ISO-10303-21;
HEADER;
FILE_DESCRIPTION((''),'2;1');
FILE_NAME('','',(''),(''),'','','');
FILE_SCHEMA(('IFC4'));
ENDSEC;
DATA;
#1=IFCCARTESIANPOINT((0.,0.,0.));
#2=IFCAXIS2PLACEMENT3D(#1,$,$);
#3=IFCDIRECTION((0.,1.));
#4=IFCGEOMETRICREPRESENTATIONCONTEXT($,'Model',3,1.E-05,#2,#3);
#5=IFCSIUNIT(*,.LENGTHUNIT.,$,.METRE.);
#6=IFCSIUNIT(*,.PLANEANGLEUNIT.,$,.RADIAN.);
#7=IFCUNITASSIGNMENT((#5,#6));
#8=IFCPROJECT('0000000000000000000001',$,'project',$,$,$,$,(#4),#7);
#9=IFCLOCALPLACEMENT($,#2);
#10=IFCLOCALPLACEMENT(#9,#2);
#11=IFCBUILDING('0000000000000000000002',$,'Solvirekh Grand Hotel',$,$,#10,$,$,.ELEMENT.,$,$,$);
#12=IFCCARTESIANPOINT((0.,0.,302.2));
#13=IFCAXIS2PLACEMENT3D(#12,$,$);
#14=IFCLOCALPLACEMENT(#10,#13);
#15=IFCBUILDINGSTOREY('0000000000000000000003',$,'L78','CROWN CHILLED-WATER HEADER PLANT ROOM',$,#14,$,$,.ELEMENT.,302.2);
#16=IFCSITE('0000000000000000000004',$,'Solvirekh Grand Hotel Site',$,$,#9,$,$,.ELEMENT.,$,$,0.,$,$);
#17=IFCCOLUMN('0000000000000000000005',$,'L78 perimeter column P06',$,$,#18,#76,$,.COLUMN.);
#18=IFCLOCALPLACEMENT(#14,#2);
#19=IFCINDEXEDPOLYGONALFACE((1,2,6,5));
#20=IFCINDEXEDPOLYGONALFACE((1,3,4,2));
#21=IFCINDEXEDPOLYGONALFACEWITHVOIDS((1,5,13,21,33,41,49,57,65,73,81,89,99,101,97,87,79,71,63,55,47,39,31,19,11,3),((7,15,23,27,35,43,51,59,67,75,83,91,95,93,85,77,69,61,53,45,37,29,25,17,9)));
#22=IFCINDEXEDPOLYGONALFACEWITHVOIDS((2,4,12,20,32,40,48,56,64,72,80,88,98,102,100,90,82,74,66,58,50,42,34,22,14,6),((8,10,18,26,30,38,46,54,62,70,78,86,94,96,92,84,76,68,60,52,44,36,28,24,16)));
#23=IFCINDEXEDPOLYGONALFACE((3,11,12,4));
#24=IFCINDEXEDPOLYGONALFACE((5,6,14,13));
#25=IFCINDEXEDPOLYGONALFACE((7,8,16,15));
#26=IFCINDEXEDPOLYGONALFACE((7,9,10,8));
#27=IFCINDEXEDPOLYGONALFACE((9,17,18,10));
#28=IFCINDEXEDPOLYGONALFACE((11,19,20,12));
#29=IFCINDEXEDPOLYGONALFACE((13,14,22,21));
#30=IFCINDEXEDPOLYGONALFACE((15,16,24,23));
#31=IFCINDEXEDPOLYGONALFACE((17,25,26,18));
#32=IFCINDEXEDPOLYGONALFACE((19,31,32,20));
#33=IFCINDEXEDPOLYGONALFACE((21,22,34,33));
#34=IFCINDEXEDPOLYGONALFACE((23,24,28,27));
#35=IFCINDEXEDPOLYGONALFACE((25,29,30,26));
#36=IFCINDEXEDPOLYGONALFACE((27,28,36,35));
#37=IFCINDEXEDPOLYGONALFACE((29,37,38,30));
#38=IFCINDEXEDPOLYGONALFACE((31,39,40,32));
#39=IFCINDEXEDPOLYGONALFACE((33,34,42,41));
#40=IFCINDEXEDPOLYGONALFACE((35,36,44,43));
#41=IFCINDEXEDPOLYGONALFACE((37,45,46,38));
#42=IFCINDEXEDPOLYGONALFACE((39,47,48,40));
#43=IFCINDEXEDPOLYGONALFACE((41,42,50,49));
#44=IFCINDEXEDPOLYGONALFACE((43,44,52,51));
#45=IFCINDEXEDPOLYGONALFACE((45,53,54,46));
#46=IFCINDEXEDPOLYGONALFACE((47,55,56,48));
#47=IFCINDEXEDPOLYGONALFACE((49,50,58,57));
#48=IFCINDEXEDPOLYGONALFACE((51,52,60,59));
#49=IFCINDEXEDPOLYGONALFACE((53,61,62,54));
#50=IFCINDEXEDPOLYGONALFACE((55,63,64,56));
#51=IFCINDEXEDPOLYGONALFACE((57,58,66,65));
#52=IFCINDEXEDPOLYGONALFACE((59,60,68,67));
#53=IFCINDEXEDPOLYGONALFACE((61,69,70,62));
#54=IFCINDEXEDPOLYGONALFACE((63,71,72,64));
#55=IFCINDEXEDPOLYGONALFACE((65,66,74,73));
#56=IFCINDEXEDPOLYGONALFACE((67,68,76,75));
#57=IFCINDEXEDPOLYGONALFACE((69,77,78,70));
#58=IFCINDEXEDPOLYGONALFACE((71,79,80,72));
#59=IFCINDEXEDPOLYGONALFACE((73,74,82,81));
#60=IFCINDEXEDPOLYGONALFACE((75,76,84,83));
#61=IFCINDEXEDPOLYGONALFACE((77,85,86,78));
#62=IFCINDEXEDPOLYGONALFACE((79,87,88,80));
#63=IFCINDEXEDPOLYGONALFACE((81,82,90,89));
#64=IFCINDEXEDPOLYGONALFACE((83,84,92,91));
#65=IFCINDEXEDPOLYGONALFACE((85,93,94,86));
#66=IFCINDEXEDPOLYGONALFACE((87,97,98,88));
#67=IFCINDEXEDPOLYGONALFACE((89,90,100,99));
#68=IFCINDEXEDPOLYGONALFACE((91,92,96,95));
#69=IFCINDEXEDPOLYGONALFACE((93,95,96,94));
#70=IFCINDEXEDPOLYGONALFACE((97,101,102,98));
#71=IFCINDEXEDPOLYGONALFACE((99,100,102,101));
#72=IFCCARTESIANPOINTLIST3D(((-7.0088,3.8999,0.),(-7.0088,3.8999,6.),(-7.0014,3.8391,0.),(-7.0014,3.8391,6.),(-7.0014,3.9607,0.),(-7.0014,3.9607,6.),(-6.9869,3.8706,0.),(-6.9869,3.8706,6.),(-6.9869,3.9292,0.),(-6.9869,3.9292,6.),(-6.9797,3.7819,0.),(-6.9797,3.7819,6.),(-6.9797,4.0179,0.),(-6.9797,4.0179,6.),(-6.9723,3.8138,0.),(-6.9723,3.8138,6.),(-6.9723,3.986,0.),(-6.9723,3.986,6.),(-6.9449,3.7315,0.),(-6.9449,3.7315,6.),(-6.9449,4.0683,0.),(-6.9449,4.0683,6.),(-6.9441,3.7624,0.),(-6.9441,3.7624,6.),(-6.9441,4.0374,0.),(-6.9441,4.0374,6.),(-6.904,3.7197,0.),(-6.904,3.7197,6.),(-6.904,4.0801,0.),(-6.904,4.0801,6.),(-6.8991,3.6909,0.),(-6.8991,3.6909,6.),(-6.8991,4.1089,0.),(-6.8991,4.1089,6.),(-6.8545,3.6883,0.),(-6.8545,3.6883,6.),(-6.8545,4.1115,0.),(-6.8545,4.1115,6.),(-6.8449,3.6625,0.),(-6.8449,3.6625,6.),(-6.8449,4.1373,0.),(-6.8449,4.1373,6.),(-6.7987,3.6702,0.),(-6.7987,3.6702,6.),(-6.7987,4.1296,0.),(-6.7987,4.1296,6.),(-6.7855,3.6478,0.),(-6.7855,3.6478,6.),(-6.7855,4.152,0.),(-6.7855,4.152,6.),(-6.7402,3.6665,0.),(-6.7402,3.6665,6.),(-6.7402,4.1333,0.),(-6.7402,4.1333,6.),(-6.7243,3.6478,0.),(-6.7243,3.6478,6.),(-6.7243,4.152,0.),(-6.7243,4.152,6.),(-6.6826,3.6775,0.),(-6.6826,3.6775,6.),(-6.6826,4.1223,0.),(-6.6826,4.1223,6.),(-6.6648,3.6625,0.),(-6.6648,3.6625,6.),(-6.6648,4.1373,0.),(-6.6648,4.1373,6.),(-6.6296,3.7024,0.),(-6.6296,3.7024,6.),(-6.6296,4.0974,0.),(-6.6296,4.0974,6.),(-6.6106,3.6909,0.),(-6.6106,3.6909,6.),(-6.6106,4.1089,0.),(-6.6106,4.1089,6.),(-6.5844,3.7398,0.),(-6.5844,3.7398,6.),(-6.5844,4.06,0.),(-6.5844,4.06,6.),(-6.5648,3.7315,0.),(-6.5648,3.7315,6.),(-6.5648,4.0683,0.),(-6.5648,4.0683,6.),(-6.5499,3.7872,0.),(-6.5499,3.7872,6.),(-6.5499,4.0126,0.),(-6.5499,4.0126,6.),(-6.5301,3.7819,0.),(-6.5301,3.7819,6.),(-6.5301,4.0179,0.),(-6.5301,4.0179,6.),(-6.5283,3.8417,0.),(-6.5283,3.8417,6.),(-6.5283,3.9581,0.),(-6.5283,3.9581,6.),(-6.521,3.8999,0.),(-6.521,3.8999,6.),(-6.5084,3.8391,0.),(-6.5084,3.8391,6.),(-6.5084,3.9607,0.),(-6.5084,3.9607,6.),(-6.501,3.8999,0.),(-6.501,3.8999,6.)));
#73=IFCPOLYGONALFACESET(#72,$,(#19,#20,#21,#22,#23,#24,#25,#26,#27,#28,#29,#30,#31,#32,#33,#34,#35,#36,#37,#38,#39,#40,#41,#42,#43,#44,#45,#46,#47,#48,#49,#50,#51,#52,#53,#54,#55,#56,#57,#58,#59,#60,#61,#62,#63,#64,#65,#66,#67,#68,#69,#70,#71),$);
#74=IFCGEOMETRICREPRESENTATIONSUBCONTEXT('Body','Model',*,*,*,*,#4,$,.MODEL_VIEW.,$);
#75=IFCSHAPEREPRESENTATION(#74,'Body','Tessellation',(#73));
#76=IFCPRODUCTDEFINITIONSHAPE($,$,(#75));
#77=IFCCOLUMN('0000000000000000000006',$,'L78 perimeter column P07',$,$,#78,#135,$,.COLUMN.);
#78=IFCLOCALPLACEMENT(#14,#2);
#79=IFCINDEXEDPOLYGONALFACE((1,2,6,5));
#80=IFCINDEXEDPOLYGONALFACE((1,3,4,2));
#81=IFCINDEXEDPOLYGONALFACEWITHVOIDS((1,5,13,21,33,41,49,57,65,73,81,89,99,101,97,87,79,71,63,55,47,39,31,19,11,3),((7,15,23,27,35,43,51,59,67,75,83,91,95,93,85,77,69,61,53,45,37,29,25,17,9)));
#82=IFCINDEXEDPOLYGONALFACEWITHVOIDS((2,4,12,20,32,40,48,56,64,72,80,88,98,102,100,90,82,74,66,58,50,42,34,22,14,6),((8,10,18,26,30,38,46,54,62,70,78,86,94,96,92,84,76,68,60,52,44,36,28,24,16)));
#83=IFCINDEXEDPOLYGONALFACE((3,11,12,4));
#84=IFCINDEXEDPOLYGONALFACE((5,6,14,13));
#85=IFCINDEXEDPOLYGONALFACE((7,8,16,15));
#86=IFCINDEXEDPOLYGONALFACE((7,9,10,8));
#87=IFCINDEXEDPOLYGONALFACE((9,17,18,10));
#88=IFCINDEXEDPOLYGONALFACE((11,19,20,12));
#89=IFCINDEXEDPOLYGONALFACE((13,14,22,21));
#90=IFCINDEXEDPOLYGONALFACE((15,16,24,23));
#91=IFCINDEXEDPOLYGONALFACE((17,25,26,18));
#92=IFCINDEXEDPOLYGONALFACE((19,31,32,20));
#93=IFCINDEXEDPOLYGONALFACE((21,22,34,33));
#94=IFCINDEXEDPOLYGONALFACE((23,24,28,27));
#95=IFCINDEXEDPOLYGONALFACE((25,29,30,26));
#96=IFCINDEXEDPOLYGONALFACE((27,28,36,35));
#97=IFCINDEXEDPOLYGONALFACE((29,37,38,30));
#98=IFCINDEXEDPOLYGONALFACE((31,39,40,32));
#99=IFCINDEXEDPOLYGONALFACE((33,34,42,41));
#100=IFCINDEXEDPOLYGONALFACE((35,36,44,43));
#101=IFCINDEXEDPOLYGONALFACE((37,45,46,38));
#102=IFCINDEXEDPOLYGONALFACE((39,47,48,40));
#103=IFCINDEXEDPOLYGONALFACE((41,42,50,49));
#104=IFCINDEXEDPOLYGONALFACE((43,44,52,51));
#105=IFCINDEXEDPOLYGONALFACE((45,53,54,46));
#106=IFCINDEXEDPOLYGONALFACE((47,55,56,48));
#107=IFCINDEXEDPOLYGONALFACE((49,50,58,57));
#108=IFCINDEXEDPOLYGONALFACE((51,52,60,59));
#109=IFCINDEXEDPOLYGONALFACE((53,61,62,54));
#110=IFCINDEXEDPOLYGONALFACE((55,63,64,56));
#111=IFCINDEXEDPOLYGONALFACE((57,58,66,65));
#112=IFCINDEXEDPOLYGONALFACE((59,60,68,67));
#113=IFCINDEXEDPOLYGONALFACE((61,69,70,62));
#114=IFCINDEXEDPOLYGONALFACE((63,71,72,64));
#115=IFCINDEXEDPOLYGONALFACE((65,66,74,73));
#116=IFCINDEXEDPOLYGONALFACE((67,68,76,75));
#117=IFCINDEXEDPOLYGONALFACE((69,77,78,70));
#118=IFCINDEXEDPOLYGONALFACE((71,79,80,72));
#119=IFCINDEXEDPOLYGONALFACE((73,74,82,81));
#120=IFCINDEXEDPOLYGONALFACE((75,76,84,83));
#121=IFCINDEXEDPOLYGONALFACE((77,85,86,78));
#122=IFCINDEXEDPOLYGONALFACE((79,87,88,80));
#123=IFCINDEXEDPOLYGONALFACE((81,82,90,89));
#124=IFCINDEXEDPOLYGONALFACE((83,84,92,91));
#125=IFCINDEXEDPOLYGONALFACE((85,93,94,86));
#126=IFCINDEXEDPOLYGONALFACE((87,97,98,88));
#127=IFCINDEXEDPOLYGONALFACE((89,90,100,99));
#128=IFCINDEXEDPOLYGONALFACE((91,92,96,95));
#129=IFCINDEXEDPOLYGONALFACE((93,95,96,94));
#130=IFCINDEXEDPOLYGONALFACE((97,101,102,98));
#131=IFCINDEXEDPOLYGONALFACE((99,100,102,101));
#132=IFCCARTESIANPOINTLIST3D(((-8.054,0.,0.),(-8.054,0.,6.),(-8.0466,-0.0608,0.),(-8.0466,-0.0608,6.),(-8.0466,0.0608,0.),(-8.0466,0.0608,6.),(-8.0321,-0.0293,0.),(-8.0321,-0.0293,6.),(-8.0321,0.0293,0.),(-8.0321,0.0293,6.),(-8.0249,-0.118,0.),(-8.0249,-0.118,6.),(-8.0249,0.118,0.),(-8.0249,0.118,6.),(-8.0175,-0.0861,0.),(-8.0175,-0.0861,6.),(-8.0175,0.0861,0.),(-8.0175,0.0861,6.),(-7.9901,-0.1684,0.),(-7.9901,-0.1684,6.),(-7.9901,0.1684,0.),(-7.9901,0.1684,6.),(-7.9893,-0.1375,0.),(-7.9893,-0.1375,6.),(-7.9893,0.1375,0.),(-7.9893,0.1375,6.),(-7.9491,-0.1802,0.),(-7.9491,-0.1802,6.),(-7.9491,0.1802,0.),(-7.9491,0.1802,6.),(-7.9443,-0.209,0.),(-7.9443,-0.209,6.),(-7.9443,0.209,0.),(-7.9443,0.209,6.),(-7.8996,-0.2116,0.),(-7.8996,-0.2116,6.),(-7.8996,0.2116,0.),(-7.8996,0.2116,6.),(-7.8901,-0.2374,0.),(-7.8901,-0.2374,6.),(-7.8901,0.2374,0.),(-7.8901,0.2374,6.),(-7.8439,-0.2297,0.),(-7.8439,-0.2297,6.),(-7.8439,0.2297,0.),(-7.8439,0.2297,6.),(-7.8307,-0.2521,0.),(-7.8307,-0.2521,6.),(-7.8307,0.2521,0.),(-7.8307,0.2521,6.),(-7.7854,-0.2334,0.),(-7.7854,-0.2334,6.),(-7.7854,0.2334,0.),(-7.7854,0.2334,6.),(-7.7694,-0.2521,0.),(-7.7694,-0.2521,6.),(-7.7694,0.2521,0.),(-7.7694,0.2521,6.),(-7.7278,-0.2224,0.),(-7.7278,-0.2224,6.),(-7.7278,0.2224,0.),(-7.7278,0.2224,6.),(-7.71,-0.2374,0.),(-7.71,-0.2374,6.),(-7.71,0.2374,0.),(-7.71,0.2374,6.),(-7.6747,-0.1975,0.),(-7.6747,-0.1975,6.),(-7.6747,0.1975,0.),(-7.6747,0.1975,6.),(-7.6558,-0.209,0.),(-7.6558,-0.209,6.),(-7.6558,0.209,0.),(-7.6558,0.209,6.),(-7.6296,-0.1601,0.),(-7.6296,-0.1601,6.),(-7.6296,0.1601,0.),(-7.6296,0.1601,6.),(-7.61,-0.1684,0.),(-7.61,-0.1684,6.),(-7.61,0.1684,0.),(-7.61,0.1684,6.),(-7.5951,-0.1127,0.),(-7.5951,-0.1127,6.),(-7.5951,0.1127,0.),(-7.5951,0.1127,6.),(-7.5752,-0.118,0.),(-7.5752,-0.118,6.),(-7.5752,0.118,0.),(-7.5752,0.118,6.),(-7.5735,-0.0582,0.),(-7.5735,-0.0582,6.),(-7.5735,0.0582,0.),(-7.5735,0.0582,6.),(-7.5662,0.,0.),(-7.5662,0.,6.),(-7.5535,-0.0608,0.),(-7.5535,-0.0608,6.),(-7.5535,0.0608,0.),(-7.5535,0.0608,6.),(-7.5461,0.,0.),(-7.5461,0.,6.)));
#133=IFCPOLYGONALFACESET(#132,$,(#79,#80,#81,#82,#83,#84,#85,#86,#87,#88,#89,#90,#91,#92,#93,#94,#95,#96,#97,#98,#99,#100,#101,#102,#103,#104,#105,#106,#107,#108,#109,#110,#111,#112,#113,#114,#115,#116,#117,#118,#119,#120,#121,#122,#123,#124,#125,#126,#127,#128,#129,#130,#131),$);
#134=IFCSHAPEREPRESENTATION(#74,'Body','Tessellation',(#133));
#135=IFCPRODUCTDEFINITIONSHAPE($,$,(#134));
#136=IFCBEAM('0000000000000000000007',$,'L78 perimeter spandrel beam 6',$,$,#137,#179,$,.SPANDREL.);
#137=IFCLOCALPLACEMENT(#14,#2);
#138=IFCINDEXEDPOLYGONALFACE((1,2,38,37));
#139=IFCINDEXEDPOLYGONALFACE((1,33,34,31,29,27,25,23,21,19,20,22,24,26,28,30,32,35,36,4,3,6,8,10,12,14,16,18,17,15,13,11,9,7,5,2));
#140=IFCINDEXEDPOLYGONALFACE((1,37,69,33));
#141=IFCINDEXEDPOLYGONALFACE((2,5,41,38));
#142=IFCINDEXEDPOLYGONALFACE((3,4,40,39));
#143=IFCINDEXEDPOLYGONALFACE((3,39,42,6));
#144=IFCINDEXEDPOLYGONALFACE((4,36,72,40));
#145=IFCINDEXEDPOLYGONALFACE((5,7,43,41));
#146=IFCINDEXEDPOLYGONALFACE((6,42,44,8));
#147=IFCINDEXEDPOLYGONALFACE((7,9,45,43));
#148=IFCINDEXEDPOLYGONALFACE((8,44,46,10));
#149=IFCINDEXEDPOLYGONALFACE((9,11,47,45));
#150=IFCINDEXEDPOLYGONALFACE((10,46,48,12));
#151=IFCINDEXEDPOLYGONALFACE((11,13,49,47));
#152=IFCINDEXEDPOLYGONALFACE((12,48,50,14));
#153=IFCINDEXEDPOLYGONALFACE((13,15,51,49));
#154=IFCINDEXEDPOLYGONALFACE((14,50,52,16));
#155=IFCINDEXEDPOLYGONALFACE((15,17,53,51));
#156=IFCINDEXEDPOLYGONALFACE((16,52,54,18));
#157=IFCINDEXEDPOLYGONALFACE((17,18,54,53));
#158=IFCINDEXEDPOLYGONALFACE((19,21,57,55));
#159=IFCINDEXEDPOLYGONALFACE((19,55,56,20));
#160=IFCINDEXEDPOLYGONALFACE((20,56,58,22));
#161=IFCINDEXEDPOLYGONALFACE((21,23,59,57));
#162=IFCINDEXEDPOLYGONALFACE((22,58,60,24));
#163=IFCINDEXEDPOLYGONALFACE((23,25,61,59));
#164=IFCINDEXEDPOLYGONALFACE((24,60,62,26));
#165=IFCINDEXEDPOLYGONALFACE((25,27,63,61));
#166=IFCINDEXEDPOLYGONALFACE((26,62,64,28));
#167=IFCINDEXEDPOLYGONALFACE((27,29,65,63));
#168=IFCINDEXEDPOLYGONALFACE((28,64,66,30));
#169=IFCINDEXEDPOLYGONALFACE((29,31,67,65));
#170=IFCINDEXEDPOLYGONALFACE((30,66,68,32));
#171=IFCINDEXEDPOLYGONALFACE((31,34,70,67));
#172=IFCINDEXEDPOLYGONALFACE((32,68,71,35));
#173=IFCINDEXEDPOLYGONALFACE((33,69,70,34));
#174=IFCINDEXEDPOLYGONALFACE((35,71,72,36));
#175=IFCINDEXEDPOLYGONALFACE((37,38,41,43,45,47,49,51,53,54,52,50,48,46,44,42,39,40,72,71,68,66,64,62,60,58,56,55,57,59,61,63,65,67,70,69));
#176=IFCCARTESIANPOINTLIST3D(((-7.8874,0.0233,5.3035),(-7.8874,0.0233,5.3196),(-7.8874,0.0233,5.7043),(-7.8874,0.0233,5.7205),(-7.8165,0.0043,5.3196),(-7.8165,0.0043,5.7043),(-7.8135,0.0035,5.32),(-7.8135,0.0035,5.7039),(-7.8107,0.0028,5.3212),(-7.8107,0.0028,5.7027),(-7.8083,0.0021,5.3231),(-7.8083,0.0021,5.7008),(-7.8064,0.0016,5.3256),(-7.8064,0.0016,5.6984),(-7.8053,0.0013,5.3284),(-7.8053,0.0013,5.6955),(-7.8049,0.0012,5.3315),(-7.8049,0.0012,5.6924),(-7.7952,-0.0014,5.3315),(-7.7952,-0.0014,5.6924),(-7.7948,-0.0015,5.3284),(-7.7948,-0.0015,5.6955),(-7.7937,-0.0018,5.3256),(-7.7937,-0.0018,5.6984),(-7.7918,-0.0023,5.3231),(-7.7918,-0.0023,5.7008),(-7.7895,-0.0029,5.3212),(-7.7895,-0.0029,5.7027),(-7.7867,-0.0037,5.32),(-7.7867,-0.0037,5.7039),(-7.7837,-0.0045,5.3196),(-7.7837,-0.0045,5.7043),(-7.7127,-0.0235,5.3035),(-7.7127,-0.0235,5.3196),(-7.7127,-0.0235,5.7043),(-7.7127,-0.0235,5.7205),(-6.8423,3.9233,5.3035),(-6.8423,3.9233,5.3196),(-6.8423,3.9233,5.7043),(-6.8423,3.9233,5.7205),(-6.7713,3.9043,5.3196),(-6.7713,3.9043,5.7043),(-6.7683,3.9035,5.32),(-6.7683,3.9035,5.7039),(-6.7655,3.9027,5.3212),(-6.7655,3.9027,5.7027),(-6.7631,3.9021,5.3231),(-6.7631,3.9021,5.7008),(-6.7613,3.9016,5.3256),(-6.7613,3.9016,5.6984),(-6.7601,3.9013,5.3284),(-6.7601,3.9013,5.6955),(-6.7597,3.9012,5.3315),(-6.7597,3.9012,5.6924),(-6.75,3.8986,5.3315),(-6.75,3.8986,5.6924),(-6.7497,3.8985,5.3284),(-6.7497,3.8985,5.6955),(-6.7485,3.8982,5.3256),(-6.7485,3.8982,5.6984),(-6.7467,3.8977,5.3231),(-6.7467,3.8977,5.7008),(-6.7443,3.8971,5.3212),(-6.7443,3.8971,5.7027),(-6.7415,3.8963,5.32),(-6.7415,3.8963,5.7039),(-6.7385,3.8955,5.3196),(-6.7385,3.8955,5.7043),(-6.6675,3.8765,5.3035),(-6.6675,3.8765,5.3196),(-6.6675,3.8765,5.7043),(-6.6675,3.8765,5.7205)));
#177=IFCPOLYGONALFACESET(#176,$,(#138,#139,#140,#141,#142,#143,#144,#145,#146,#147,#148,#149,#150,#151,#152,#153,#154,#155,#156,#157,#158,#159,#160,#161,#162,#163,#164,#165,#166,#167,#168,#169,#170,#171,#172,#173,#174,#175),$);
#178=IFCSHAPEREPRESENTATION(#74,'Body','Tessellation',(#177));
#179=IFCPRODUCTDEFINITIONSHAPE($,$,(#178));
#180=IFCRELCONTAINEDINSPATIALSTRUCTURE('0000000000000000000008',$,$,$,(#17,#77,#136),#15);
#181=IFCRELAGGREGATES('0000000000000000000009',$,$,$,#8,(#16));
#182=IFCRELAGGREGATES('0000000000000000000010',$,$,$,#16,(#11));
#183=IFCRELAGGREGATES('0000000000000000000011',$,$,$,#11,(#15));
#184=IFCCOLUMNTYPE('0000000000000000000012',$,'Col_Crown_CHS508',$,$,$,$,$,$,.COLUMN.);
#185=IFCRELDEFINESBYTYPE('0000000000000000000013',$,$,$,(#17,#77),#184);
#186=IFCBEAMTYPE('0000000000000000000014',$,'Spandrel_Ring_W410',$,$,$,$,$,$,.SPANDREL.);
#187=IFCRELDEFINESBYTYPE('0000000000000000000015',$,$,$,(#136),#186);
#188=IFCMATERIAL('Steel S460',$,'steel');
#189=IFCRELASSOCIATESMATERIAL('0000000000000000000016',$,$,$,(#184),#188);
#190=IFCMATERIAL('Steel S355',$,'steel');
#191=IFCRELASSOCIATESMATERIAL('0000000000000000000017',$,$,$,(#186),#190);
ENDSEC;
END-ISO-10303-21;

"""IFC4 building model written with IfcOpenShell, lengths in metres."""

from ifc_helpers import new_model, si_unit, direction, frame, origin, origin_2d, place, context, subcontext, project, spatial, hollow_circle, i_section, extrude, material, material_profile, profile_set, type_object, element, save


model = new_model("IFC4")

# Units and contexts
model_context = context("Model", 3, precision=1e-05, world=origin(), true_north=direction((0.0, 1.0)))
body_context = subcontext(model_context, "Body", "Model", "MODEL_VIEW")
ifc_project = project(units=[si_unit("LENGTHUNIT", "METRE"), si_unit("PLANEANGLEUNIT", "RADIAN")], contexts=[model_context])

# Site, building, storey
site_placement = place(None, origin())
site = spatial("IfcSite", under=ifc_project, at=site_placement, Name="Solvirekh Grand Hotel Site", CompositionType="ELEMENT", RefElevation=0.0)
building_placement = place(site_placement, origin())
building = spatial("IfcBuilding", under=site, at=building_placement, Name="Solvirekh Grand Hotel", CompositionType="ELEMENT")
storey_placement = place(building_placement, frame((0.0, 0.0, 302.2)))
storey = spatial("IfcBuildingStorey", under=building, at=storey_placement, Name="L78", Description="CROWN CHILLED-WATER HEADER PLANT ROOM", CompositionType="ELEMENT", Elevation=302.2)

# Columns
ifc_material_1 = material(Name="Steel S460", Category="steel")
ifc_material_profile_1 = material_profile(ifc_material_1, hollow_circle(Radius=0.2539, WallThickness=0.02, at=origin_2d()), Name="CHS 508X20")
ifc_profile_set_1 = profile_set([ifc_material_profile_1], Name="Steel S460")
column_type = type_object("IfcColumnType", Name="Col_Crown_CHS508", PredefinedType="COLUMN", material=ifc_profile_set_1)
for number, where, z_axis, x_axis, name in (
    (1, (-6.7549, 3.8999, 0.0), (0.0, 0.0, 1.0), (1.0, 0.0, 0.0), "L78 perimeter column P06"),
    (2, (-7.8, 0.0, 0.0), (0.0, 0.0, 1.0), (1.0, 0.0, 0.0), "L78 perimeter column P07"),
):
    element("IfcColumn", number, at=place(storey_placement, frame(where, z_axis=z_axis, x_axis=x_axis)), inside=storey, type_object=column_type, Name=name, PredefinedType="COLUMN", context=body_context, shape_type="SweptSolid", body=[
        extrude(hollow_circle(Radius=0.2539, WallThickness=0.02, at=origin_2d()), origin(), (0.0, 0.0, 1.0), 6.0),
    ])

# Beam
ifc_material_2 = material(Name="Steel S355", Category="steel")
ifc_material_profile_2 = material_profile(ifc_material_2, i_section(OverallWidth=0.1809, OverallDepth=0.417, WebThickness=0.01, FlangeThickness=0.0161, FilletRadius=0.012, at=origin_2d()), Name="W410X85")
ifc_profile_set_2 = profile_set([ifc_material_profile_2], Name="Steel S355")
beam_type = type_object("IfcBeamType", Name="Spandrel_Ring_W410", PredefinedType="SPANDREL", material=ifc_profile_set_2)
for number, where, z_axis, x_axis, name in (
    (3, (-6.7549, 3.8999, 5.512), (-0.258863, -0.965914, 0.0), (0.965914, -0.258863, 0.0), "L78 perimeter spandrel beam 6"),
):
    element("IfcBeam", number, at=place(storey_placement, frame(where, z_axis=z_axis, x_axis=x_axis)), inside=storey, type_object=beam_type, Name=name, PredefinedType="SPANDREL", context=body_context, shape_type="SweptSolid", body=[
        extrude(i_section(OverallWidth=0.1809, OverallDepth=0.417, WebThickness=0.01, FlangeThickness=0.0161, FilletRadius=0.012, at=origin_2d()), origin(), (0.0, 0.0, 1.0), 4.0376),
    ])

save(model, "model.ifc")
